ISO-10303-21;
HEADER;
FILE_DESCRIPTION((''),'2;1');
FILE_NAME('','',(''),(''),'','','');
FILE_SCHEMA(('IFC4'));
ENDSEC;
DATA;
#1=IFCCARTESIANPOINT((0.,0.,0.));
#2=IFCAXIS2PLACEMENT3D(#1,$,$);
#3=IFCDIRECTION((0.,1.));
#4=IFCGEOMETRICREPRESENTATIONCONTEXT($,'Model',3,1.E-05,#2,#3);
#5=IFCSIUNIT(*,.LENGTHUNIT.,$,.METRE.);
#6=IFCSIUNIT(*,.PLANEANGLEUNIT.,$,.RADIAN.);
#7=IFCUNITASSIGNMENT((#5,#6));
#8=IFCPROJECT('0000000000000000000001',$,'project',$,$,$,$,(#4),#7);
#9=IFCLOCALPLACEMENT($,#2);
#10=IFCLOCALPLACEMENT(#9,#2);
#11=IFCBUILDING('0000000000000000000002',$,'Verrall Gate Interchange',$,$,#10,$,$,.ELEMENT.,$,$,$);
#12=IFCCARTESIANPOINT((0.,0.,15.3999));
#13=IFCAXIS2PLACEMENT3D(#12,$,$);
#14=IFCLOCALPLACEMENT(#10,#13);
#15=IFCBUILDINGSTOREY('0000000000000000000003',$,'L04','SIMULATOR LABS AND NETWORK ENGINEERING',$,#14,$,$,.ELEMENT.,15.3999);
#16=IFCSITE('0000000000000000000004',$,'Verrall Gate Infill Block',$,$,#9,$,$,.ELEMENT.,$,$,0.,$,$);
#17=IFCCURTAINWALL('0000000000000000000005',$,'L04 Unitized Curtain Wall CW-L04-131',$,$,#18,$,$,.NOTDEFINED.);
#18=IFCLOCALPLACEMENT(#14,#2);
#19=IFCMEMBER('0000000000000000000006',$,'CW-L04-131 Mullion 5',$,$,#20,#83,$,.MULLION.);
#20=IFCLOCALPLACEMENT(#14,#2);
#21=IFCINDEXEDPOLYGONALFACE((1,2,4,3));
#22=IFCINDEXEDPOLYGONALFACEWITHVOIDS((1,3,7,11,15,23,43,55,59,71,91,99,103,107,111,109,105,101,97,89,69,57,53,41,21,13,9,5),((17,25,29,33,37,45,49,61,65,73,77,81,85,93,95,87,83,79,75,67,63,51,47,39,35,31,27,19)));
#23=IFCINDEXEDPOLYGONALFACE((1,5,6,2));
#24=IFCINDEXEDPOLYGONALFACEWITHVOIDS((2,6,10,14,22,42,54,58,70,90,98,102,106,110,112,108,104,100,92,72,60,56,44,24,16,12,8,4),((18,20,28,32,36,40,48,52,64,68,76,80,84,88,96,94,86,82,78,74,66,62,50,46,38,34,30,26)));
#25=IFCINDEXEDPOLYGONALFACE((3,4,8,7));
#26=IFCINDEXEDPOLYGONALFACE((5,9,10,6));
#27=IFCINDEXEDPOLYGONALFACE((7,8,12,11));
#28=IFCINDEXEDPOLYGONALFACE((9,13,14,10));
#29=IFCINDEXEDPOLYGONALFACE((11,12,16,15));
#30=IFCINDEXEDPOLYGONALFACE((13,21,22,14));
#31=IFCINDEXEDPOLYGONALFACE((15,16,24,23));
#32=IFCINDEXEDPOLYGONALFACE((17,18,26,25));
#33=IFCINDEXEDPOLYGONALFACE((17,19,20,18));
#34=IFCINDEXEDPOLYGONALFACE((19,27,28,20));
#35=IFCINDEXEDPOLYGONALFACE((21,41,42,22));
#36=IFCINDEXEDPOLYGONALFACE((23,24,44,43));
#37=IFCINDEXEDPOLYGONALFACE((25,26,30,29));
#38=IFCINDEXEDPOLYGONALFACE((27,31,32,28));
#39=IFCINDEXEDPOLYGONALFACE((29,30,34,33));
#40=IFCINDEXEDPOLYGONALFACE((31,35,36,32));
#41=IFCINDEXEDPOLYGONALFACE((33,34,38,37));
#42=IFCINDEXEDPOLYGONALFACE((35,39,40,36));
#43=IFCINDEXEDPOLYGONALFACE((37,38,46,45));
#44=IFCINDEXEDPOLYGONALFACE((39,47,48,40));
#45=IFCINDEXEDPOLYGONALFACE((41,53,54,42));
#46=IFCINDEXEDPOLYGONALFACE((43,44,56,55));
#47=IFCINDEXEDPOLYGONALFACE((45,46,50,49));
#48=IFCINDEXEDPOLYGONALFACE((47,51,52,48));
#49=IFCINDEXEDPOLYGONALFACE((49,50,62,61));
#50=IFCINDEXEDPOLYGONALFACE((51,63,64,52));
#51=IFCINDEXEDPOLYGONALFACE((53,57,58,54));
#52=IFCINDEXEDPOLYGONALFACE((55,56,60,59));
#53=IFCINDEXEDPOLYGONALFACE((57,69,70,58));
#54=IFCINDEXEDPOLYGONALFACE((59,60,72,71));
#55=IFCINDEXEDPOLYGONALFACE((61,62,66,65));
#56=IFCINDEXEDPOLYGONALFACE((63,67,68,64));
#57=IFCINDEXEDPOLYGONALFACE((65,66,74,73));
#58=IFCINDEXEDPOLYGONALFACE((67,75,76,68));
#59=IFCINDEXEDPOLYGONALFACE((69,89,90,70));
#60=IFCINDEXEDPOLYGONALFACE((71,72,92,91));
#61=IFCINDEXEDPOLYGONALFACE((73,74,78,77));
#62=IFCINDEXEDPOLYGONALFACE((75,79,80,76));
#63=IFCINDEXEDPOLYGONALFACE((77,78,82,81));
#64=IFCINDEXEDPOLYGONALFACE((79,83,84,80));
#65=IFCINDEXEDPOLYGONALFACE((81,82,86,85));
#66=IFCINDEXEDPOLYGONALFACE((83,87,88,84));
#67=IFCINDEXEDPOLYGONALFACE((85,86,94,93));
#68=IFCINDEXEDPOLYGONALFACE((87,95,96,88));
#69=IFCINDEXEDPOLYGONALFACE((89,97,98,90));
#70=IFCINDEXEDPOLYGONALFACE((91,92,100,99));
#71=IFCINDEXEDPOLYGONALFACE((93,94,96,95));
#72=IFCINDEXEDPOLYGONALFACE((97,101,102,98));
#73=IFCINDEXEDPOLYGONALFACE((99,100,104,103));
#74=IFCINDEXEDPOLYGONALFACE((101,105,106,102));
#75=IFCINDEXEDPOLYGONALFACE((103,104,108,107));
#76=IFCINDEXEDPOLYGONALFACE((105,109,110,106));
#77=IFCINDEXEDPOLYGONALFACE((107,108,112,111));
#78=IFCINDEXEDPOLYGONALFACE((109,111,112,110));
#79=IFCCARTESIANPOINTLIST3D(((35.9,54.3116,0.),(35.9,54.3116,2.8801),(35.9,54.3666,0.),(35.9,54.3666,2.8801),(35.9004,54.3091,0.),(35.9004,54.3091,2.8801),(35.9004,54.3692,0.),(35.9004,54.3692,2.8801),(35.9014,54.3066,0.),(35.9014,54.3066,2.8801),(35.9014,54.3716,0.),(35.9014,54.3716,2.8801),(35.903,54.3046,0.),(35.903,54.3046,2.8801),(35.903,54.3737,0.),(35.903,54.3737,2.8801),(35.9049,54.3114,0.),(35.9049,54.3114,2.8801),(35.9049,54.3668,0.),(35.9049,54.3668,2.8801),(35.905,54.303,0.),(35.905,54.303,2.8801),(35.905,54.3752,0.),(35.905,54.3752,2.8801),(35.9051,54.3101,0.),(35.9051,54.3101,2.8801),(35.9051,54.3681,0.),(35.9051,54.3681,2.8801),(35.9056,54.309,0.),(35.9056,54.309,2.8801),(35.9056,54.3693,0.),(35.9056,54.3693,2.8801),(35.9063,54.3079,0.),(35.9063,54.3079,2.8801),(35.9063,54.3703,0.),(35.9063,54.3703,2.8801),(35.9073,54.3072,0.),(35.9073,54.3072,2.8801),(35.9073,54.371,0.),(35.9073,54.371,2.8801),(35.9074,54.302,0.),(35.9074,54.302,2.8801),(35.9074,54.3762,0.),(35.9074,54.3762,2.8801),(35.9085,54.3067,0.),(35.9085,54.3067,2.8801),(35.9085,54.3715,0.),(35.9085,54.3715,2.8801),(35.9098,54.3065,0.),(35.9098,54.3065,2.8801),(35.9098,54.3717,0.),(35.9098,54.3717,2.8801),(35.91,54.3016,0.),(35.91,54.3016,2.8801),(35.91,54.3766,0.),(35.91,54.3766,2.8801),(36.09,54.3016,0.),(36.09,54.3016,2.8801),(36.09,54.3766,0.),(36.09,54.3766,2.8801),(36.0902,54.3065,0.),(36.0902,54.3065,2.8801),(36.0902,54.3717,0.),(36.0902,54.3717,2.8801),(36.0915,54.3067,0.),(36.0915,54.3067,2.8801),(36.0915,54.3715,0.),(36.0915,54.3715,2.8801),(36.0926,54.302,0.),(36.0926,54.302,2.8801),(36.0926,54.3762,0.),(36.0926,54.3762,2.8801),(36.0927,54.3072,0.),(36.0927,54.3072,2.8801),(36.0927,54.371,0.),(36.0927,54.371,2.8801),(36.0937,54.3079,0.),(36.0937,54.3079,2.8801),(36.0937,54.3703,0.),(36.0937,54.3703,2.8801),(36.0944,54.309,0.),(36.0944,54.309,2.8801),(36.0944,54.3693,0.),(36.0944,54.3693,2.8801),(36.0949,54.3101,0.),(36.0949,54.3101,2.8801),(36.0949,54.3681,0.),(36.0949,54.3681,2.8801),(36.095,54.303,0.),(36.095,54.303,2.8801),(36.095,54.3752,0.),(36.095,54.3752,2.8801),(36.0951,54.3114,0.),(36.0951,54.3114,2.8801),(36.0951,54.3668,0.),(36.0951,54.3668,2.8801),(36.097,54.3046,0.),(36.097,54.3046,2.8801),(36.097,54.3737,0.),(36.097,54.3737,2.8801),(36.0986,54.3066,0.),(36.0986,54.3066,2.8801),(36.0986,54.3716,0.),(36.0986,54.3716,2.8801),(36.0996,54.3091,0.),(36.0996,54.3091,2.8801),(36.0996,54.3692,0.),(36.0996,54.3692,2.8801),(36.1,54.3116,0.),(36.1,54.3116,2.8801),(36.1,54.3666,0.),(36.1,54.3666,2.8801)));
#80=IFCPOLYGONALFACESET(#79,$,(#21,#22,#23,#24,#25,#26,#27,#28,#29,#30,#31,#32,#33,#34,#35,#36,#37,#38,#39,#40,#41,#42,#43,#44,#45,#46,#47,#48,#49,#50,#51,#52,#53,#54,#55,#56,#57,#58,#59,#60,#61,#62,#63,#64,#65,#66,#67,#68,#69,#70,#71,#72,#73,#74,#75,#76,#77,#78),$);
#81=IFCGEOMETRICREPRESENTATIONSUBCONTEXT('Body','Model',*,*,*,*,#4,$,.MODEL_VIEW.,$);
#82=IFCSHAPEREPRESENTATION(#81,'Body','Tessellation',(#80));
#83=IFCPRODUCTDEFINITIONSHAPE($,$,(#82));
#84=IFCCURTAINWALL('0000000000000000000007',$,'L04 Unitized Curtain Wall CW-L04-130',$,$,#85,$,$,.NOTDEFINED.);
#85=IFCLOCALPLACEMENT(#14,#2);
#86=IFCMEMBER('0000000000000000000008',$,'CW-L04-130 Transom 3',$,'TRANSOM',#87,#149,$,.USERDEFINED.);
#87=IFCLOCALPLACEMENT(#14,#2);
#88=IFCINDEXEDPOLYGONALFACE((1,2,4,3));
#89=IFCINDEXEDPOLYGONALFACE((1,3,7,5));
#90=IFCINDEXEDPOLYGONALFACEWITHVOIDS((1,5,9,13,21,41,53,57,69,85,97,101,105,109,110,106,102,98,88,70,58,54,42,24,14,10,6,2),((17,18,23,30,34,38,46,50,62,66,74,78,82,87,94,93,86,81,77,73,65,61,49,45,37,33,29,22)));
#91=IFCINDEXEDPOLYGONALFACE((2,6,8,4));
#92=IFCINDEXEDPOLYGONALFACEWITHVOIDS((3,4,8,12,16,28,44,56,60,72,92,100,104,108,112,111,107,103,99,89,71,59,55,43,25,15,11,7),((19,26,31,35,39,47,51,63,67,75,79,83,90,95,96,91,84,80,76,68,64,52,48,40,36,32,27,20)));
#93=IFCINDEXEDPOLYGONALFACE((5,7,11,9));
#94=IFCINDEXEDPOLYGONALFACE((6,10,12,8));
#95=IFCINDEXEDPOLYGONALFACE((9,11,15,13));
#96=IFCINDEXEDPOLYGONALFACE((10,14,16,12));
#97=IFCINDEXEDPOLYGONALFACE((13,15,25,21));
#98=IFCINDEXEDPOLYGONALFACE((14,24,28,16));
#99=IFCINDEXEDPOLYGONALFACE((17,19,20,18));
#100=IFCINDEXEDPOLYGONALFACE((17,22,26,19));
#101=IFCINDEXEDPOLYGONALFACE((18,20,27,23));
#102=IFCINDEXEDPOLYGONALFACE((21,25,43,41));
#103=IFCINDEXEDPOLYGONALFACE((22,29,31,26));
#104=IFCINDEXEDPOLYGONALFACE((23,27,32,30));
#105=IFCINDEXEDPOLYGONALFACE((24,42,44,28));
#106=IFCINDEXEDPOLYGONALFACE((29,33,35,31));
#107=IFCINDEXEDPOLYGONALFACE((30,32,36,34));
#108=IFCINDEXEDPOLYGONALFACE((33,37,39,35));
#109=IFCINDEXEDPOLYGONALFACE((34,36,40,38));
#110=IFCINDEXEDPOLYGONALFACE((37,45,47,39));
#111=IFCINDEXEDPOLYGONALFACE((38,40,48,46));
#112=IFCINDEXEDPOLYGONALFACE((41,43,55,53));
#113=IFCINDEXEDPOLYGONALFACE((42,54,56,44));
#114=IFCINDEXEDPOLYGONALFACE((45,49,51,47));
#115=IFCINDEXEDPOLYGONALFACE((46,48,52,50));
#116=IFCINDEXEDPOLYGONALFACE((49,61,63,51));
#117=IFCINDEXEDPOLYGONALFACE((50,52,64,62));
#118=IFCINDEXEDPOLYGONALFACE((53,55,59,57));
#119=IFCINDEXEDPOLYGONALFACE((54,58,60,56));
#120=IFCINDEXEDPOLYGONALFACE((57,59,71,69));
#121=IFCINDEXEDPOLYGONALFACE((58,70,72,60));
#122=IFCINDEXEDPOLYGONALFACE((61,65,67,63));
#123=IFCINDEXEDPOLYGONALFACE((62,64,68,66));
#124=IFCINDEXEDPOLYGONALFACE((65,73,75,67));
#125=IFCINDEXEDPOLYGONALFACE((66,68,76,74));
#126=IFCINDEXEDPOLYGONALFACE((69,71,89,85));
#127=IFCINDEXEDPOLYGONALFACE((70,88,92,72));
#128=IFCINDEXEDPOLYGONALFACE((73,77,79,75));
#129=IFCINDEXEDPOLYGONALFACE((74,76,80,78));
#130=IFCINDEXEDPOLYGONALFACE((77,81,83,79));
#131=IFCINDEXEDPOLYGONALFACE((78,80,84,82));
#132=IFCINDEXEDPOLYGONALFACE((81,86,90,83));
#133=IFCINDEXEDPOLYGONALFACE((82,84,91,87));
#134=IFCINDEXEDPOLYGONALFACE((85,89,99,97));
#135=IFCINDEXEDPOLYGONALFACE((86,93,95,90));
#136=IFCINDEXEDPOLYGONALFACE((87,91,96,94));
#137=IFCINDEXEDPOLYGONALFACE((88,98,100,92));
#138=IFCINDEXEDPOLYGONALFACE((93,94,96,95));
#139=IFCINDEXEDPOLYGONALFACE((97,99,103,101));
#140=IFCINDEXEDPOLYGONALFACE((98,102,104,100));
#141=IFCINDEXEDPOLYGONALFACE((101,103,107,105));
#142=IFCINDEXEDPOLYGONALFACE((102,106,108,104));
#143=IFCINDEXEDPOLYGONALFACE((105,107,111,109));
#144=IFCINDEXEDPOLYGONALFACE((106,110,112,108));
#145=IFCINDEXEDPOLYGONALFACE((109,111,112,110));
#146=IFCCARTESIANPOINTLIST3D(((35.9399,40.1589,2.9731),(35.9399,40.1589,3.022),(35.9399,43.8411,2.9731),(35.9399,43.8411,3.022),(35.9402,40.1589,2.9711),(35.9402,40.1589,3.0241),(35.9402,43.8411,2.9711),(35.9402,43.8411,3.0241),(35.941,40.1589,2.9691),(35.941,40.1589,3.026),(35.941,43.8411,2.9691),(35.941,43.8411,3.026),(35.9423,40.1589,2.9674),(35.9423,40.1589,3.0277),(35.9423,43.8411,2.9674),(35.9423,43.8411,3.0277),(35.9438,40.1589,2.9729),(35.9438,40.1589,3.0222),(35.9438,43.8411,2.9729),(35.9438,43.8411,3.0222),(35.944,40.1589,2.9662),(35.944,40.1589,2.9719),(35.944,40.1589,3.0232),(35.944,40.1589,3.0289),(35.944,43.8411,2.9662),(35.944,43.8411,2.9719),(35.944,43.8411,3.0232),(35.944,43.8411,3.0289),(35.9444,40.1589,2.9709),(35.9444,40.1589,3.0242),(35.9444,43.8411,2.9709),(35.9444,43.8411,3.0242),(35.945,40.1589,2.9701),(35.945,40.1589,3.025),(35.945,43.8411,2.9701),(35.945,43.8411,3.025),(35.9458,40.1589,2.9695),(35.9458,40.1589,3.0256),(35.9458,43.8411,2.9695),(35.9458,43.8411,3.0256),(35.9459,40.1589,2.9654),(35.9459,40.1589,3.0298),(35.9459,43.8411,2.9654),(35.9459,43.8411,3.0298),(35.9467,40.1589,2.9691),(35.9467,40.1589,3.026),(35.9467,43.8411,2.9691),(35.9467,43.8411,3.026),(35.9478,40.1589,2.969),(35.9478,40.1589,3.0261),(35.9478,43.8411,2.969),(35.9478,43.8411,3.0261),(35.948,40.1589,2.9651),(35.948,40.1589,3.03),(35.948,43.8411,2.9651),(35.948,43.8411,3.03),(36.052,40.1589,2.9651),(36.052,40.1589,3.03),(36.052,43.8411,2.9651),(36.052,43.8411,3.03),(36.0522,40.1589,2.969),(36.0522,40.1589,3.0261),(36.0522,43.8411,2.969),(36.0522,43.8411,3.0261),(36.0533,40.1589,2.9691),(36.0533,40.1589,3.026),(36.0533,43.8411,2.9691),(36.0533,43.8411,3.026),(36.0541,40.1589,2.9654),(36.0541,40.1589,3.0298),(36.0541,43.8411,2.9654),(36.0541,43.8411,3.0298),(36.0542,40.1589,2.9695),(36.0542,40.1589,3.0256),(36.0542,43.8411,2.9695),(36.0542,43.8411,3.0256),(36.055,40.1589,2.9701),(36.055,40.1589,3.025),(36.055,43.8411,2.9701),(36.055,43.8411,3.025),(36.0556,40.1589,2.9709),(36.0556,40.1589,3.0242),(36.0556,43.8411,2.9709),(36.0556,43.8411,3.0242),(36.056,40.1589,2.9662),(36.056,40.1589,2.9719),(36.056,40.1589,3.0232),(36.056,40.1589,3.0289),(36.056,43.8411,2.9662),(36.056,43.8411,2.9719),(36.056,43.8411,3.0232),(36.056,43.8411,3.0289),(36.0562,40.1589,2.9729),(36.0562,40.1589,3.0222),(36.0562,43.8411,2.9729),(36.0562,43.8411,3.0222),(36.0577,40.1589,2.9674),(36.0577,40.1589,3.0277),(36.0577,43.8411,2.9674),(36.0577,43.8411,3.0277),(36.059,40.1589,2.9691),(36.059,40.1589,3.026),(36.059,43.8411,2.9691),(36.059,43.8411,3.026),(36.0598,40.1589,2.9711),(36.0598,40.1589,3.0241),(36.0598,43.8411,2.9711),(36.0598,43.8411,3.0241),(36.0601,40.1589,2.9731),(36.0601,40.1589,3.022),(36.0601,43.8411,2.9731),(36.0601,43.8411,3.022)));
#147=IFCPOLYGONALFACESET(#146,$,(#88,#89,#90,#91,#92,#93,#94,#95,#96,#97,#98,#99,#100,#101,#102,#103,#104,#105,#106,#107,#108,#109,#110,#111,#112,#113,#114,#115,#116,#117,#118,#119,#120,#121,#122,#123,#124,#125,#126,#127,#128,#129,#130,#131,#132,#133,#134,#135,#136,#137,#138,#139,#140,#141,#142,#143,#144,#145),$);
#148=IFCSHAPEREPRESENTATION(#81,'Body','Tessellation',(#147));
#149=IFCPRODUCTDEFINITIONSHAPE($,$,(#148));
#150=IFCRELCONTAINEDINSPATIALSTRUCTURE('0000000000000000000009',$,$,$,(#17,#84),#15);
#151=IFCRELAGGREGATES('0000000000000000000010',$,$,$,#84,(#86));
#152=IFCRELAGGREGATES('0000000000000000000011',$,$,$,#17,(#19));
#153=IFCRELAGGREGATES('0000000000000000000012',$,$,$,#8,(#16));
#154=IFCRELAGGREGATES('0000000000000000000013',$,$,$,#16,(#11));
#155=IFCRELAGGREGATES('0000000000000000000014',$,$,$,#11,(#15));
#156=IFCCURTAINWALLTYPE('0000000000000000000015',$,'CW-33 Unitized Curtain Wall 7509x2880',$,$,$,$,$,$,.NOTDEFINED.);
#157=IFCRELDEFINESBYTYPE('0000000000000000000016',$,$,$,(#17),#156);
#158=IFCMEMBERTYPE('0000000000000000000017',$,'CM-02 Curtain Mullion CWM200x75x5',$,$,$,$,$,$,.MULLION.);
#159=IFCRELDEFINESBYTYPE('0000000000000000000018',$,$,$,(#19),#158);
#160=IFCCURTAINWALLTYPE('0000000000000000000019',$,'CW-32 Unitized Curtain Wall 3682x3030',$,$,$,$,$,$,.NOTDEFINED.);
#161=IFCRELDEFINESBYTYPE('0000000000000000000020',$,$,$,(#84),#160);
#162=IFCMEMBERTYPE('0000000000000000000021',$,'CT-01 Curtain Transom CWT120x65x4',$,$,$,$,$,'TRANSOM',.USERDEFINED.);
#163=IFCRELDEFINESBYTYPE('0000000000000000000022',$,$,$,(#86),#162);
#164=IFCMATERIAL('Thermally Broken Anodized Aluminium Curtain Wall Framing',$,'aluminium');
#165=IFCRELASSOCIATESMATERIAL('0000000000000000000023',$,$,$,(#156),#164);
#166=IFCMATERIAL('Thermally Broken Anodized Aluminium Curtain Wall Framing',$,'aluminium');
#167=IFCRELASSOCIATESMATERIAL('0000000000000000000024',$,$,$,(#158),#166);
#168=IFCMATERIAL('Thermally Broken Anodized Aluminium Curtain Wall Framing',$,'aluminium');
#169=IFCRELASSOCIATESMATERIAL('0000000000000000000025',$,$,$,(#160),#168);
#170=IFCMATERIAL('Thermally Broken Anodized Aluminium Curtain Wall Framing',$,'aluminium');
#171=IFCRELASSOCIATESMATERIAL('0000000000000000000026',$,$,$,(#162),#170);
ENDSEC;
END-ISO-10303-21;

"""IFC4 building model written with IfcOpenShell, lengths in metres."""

from ifc_helpers import new_model, si_unit, direction, frame, origin, origin_2d, place, context, subcontext, project, spatial, hollow_rectangle, extrude, material, material_profile, profile_set, type_object, element, aggregate, save


model = new_model("IFC4")

# Units and contexts
model_context = context("Model", 3, precision=1e-05, world=origin(), true_north=direction((0.0, 1.0)))
body_context = subcontext(model_context, "Body", "Model", "MODEL_VIEW")
ifc_project = project(units=[si_unit("LENGTHUNIT", "METRE"), si_unit("PLANEANGLEUNIT", "RADIAN")], contexts=[model_context])

# Site, building, storey
site_placement = place(None, origin())
site = spatial("IfcSite", under=ifc_project, at=site_placement, Name="Verrall Gate Infill Block", CompositionType="ELEMENT", RefElevation=0.0)
building_placement = place(site_placement, origin())
building = spatial("IfcBuilding", under=site, at=building_placement, Name="Verrall Gate Interchange", CompositionType="ELEMENT")
storey_placement = place(building_placement, frame((0.0, 0.0, 15.3999)))
storey = spatial("IfcBuildingStorey", under=building, at=storey_placement, Name="L04", Description="SIMULATOR LABS AND NETWORK ENGINEERING", CompositionType="ELEMENT", Elevation=15.3999)

# Curtain wall, member
ifc_material_1 = material(Name="Thermally Broken Anodized Aluminium Curtain Wall Framing", Category="aluminium")
curtain_wall_type_1 = type_object("IfcCurtainWallType", Name="CW-33 Unitized Curtain Wall 7509x2880", PredefinedType="NOTDEFINED", material=ifc_material_1)
curtain_wall_1_placement = place(storey_placement, origin())
curtain_wall_1 = element("IfcCurtainWall", 1, at=curtain_wall_1_placement, inside=storey, type_object=curtain_wall_type_1, Name="L04 Unitized Curtain Wall CW-L04-131", PredefinedType="NOTDEFINED")
ifc_material_2 = material(Name="Thermally Broken Anodized Aluminium Curtain Wall Framing", Category="aluminium")
ifc_material_profile_1 = material_profile(ifc_material_2, hollow_rectangle(XDim=0.075, YDim=0.2, WallThickness=0.0049, InnerFilletRadius=0.0049, OuterFilletRadius=0.01, at=origin_2d()), Name="CWM200x75x5")
ifc_profile_set_1 = profile_set([ifc_material_profile_1], Name="Thermally Broken Anodized Aluminium Curtain Wall Framing")
member_type_1 = type_object("IfcMemberType", Name="CM-02 Curtain Mullion CWM200x75x5", PredefinedType="MULLION", material=ifc_profile_set_1)
member_1_placement = place(storey_placement, frame((36.0, 54.3391, 0.0), z_axis=(0.0, 0.0, 1.0), x_axis=(0.0, 1.0, 0.0)))
member_1 = element("IfcMember", 2, at=member_1_placement, type_object=member_type_1, Name="CW-L04-131 Mullion 5", PredefinedType="MULLION", context=body_context, shape_type="SweptSolid", body=[
    extrude(hollow_rectangle(XDim=0.075, YDim=0.2, WallThickness=0.0049, InnerFilletRadius=0.0049, OuterFilletRadius=0.01, at=origin_2d()), origin(), (0.0, 0.0, 1.0), 2.8801),
])

# Curtain wall, member
ifc_material_3 = material(Name="Thermally Broken Anodized Aluminium Curtain Wall Framing", Category="aluminium")
curtain_wall_type_2 = type_object("IfcCurtainWallType", Name="CW-32 Unitized Curtain Wall 3682x3030", PredefinedType="NOTDEFINED", material=ifc_material_3)
curtain_wall_2_placement = place(storey_placement, origin())
curtain_wall_2 = element("IfcCurtainWall", 3, at=curtain_wall_2_placement, inside=storey, type_object=curtain_wall_type_2, Name="L04 Unitized Curtain Wall CW-L04-130", PredefinedType="NOTDEFINED")
ifc_material_4 = material(Name="Thermally Broken Anodized Aluminium Curtain Wall Framing", Category="aluminium")
ifc_material_profile_2 = material_profile(ifc_material_4, hollow_rectangle(XDim=0.1201, YDim=0.0649, WallThickness=0.0039, InnerFilletRadius=0.0039, OuterFilletRadius=0.0081, at=origin_2d()), Name="CWT120x65x4")
ifc_profile_set_2 = profile_set([ifc_material_profile_2], Name="Thermally Broken Anodized Aluminium Curtain Wall Framing")
member_type_2 = type_object("IfcMemberType", Name="CT-01 Curtain Transom CWT120x65x4", ElementType="TRANSOM", PredefinedType="USERDEFINED", material=ifc_profile_set_2)
member_2_placement = place(storey_placement, frame((36.0, 40.1589, 2.9976), z_axis=(0.0, 1.0, 0.0), x_axis=(-1.0, 0.0, 0.0)))
member_2 = element("IfcMember", 4, at=member_2_placement, type_object=member_type_2, Name="CW-L04-130 Transom 3", ObjectType="TRANSOM", PredefinedType="USERDEFINED", context=body_context, shape_type="SweptSolid", body=[
    extrude(hollow_rectangle(XDim=0.1201, YDim=0.0649, WallThickness=0.0039, InnerFilletRadius=0.0039, OuterFilletRadius=0.0081, at=origin_2d()), origin(), (0.0, 0.0, 1.0), 3.6821),
])

aggregate(curtain_wall_2, [member_2])
aggregate(curtain_wall_1, [member_1])

save(model, "model.ifc")
